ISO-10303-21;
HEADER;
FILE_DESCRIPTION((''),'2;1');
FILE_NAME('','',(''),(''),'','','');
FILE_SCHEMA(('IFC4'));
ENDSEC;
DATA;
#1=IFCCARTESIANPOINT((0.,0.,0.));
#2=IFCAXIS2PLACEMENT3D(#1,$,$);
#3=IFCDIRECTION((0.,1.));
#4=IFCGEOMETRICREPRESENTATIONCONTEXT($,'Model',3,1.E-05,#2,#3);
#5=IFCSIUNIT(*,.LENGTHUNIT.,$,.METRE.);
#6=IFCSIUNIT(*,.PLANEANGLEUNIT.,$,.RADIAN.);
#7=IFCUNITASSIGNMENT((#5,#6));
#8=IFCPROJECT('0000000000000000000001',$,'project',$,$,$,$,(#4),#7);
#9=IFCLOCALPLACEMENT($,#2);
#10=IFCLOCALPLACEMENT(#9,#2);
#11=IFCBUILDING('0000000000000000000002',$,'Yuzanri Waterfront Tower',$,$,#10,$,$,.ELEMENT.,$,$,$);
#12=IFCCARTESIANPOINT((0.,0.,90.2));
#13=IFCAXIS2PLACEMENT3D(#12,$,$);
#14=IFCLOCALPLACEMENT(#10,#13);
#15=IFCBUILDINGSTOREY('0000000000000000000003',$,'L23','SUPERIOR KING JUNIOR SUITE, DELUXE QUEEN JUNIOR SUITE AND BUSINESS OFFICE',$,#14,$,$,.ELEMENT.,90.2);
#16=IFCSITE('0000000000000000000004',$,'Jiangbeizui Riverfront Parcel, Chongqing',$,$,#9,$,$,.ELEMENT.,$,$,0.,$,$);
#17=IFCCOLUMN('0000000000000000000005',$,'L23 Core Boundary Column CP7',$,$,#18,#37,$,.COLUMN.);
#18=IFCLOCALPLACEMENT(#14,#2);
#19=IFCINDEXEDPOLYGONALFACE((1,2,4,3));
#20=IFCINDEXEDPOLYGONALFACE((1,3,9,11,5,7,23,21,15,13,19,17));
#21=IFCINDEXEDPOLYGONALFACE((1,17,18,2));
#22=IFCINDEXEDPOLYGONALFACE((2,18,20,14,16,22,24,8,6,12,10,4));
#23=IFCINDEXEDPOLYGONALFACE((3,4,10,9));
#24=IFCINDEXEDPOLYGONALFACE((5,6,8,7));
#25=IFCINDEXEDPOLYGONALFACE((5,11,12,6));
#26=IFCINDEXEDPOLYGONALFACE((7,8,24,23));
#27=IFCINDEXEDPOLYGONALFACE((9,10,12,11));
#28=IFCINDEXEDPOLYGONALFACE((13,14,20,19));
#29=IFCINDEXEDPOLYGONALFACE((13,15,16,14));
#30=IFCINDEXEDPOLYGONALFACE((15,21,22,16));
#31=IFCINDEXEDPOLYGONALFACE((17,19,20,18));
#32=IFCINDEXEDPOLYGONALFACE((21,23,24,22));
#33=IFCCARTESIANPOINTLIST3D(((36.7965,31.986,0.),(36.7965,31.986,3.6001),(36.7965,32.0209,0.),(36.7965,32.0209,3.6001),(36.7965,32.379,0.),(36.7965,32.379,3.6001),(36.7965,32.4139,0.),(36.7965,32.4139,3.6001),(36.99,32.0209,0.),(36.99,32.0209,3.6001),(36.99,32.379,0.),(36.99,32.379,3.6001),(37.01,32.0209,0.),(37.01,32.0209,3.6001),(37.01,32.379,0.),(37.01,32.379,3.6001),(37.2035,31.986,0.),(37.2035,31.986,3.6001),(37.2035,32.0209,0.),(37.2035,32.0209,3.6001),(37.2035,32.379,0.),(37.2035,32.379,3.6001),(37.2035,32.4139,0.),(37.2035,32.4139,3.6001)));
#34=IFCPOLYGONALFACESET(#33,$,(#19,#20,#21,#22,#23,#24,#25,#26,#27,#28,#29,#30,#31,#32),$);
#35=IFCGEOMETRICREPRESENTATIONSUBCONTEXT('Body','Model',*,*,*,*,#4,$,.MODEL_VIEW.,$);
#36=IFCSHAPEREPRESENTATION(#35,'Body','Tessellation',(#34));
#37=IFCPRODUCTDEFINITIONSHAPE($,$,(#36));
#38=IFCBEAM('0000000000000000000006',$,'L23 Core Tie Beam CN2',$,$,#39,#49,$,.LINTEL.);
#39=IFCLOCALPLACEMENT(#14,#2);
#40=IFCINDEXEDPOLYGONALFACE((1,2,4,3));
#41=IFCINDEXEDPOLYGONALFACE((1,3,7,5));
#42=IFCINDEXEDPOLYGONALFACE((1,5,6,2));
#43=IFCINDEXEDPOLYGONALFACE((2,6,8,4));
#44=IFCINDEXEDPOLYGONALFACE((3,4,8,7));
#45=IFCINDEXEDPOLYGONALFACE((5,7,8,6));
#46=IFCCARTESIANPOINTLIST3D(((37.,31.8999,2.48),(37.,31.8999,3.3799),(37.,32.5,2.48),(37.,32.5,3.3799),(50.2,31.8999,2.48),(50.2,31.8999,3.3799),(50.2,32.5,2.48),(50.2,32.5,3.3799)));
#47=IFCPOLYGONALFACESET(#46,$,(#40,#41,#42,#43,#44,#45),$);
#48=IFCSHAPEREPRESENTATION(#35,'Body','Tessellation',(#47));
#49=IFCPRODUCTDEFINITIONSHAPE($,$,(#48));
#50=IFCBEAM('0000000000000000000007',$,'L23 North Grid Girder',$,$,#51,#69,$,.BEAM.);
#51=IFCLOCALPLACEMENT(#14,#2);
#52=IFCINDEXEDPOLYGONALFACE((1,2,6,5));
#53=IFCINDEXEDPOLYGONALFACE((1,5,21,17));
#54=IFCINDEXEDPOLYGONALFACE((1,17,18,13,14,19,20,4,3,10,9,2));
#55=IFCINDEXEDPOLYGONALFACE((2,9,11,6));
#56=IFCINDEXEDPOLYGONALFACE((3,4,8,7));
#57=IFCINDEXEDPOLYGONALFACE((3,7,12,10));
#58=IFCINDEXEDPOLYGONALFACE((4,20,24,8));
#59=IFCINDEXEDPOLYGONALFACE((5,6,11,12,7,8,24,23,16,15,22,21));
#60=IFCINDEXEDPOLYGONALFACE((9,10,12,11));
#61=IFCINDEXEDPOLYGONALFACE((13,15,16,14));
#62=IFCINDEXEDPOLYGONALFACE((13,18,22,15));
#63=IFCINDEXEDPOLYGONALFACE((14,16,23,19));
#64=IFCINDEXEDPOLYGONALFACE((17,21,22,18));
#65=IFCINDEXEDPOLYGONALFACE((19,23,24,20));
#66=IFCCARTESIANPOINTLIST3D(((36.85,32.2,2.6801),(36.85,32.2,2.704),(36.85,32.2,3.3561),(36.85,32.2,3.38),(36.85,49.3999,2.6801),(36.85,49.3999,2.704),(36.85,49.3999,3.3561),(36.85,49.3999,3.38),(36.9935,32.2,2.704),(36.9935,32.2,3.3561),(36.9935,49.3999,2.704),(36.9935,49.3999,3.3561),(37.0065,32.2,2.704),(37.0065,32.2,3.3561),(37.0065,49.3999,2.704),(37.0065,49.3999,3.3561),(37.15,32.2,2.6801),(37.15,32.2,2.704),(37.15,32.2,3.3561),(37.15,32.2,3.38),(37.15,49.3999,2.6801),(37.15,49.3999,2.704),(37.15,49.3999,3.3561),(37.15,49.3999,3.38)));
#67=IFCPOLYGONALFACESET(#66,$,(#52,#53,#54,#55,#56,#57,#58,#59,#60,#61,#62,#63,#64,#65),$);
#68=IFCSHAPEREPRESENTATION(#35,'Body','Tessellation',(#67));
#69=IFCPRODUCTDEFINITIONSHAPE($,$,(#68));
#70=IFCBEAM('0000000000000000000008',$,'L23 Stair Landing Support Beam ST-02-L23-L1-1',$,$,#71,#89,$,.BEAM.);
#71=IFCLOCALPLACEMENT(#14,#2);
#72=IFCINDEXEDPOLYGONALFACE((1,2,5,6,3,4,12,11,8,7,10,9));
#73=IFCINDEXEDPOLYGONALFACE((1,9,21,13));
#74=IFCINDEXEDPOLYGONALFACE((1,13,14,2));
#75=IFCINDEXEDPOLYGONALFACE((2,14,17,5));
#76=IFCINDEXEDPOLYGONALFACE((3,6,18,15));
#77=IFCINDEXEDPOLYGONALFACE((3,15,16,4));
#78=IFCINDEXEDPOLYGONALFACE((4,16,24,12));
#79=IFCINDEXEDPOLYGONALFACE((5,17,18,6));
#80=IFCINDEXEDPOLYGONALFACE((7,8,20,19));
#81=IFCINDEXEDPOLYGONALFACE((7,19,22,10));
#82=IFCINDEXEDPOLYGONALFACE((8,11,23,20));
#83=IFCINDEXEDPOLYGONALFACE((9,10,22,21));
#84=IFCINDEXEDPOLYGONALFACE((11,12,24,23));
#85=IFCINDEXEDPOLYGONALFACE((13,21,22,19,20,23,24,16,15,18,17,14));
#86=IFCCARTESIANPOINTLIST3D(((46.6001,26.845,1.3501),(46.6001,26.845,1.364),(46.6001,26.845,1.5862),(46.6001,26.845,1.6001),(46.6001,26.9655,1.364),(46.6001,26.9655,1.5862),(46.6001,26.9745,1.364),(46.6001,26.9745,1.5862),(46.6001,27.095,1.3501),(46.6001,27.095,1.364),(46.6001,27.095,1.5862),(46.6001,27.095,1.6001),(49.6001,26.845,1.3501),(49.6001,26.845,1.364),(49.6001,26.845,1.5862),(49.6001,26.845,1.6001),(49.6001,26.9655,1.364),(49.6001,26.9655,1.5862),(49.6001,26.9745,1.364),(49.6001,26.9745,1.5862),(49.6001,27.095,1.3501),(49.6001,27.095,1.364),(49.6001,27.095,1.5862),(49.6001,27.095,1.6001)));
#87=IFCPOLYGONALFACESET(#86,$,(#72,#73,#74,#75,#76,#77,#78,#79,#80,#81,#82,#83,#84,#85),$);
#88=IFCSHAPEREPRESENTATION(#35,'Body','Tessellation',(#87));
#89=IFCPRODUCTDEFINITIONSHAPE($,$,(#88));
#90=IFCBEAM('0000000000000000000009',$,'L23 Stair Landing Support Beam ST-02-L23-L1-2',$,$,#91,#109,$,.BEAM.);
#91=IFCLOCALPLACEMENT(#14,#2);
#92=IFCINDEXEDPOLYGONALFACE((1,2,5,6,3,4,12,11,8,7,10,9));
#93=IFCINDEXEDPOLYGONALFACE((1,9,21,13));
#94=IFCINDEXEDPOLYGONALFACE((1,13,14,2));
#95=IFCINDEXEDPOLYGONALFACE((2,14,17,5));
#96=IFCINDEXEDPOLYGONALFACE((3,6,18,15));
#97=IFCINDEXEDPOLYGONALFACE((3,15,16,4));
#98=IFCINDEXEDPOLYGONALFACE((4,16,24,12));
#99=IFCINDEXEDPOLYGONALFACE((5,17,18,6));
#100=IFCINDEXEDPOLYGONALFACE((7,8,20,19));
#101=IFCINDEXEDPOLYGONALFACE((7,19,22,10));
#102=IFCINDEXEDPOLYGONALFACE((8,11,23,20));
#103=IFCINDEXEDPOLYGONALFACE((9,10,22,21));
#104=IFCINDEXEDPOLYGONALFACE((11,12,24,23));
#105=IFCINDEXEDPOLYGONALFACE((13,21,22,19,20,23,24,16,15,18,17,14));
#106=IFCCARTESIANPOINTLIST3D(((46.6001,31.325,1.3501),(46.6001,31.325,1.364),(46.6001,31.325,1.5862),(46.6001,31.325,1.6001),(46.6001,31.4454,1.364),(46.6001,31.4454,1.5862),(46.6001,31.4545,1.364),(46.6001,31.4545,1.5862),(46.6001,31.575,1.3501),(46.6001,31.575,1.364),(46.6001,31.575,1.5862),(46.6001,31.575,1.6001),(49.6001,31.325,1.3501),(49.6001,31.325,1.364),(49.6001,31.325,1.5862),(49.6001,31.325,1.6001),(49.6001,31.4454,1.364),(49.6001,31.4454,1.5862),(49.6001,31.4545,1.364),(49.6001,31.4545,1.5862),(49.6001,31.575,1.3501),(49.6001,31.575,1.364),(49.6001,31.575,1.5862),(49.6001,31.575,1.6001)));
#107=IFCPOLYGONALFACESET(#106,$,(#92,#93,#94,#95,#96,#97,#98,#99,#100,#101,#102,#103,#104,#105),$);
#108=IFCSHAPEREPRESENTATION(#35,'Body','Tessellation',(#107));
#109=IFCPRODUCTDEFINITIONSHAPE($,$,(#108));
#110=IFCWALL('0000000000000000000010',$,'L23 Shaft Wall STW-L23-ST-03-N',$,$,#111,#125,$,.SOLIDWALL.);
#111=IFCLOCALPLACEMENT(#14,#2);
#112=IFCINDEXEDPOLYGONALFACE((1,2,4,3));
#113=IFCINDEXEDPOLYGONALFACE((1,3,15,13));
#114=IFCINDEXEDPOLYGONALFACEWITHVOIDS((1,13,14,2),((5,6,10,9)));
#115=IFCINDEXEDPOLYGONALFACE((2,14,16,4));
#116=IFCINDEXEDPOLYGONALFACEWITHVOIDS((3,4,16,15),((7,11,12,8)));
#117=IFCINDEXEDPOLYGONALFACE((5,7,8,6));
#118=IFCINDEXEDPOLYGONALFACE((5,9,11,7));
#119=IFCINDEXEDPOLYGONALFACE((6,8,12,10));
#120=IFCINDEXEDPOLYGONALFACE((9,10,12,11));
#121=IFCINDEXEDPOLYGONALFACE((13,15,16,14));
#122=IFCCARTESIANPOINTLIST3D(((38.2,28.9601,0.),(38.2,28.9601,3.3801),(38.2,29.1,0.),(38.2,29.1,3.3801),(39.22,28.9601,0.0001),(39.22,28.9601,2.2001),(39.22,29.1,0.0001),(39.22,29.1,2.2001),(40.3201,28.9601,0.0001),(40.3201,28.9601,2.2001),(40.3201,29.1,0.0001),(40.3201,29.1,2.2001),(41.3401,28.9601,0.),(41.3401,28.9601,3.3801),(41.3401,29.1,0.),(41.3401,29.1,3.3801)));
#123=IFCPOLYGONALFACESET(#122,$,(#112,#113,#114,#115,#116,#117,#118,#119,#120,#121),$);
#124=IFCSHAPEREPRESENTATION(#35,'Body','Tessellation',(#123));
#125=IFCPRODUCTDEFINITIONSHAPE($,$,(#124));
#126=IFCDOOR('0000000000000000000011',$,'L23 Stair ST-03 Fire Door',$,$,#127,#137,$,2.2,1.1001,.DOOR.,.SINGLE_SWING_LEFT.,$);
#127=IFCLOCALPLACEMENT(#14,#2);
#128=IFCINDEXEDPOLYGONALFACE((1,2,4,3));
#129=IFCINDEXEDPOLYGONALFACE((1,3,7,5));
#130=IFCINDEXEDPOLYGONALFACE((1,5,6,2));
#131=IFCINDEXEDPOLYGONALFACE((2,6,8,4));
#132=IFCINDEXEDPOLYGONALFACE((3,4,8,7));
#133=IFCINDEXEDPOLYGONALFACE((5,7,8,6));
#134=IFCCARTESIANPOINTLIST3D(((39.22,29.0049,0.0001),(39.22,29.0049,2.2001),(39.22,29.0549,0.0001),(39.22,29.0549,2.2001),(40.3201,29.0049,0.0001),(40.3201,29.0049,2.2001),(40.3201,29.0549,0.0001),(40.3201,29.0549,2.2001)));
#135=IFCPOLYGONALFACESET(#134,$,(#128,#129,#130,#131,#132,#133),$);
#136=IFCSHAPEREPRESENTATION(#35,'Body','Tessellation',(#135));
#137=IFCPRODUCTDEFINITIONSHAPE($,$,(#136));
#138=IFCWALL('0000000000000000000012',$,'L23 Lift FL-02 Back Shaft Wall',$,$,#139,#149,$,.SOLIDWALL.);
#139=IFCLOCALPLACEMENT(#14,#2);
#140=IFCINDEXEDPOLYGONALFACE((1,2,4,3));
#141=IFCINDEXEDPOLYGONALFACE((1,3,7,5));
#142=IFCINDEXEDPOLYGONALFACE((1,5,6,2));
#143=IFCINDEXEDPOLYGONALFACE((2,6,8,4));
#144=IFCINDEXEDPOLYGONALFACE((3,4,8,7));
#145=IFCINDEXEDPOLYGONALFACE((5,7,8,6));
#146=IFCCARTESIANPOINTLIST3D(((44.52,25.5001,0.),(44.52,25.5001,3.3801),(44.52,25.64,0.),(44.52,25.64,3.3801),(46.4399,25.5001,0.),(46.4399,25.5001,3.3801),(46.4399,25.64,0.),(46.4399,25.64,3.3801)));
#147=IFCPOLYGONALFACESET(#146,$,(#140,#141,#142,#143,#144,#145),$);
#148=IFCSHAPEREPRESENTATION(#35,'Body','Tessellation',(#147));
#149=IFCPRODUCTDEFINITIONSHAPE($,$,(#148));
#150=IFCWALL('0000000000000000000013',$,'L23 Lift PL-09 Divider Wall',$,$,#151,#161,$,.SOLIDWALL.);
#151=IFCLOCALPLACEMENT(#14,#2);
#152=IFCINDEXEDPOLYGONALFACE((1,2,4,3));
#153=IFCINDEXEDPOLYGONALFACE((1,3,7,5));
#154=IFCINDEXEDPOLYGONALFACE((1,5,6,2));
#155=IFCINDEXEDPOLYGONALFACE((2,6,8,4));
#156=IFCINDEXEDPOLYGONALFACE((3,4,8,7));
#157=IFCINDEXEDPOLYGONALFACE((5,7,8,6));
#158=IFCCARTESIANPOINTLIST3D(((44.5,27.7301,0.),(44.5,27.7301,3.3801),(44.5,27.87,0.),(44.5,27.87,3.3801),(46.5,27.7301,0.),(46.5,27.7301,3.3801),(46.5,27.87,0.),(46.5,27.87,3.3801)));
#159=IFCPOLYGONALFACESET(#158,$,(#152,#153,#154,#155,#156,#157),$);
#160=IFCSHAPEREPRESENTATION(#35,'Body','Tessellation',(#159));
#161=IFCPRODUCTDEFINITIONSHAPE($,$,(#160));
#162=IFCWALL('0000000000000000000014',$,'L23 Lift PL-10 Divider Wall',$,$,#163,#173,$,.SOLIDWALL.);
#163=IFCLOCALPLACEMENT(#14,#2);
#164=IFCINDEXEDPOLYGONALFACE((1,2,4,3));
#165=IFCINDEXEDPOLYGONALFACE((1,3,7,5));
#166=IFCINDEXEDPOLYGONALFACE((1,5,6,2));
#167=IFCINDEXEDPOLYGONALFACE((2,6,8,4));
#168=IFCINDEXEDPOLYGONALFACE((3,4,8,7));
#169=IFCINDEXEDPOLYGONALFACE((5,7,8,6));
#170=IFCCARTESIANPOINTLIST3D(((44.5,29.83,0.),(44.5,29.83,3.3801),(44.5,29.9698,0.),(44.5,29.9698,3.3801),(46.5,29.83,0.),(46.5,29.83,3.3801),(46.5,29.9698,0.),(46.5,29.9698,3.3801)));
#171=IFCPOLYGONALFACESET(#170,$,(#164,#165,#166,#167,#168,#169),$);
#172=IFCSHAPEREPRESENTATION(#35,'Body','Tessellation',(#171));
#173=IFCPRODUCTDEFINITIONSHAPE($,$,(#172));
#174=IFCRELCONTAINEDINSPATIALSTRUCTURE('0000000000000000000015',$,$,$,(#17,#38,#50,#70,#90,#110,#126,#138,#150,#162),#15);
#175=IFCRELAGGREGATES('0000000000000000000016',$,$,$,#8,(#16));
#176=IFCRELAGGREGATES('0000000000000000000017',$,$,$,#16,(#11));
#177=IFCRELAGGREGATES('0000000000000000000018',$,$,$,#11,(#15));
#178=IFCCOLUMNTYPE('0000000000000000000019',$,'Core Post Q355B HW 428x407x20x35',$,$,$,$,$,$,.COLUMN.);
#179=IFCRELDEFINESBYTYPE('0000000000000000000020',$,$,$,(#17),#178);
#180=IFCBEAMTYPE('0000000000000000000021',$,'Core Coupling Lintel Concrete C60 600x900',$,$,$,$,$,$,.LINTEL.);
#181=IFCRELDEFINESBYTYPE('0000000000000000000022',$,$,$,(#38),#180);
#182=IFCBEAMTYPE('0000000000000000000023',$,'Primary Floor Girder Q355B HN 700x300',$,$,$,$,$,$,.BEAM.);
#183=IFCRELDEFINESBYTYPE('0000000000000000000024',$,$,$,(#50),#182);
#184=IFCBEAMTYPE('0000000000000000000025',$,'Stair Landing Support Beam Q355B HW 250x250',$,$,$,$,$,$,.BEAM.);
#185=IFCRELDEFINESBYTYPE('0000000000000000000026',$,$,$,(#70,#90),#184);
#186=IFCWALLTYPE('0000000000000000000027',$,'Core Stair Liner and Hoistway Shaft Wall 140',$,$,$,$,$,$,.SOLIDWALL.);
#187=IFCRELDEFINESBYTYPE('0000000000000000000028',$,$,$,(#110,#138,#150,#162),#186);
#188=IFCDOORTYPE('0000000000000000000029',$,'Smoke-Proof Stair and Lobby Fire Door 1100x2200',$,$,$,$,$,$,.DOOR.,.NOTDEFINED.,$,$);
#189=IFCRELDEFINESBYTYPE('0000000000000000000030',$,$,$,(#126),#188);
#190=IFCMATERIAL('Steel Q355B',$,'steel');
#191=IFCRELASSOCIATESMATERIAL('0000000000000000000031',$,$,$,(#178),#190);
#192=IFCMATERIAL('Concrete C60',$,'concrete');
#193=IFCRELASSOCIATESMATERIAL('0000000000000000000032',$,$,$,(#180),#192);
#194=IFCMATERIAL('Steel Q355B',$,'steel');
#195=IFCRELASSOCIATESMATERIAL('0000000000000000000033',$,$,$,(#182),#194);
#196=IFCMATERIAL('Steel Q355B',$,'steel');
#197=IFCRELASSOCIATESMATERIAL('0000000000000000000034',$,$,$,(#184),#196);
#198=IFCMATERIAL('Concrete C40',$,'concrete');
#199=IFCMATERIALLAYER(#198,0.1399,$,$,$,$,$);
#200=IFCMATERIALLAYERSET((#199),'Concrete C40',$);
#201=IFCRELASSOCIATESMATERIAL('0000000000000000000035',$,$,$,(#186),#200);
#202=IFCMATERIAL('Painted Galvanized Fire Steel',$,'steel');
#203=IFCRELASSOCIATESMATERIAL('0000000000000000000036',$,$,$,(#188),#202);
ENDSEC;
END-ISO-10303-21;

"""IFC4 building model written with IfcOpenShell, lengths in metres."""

from ifc_helpers import new_model, si_unit, direction, frame, frame_2d, origin, origin_2d, place, context, subcontext, project, spatial, rectangle, i_section, extrude, source, transform, mapped, material, layer, layer_set, material_profile, profile_set, type_object, element, fill, save


model = new_model("IFC4")

# Units and contexts
model_context = context("Model", 3, precision=1e-05, world=origin(), true_north=direction((0.0, 1.0)))
body_context = subcontext(model_context, "Body", "Model", "MODEL_VIEW")
ifc_project = project(units=[si_unit("LENGTHUNIT", "METRE"), si_unit("PLANEANGLEUNIT", "RADIAN")], contexts=[model_context])

# Site, building, storey
site_placement = place(None, origin())
site = spatial("IfcSite", under=ifc_project, at=site_placement, Name="Jiangbeizui Riverfront Parcel, Chongqing", CompositionType="ELEMENT", RefElevation=0.0)
building_placement = place(site_placement, origin())
building = spatial("IfcBuilding", under=site, at=building_placement, Name="Yuzanri Waterfront Tower", CompositionType="ELEMENT")
storey_placement = place(building_placement, frame((0.0, 0.0, 90.2)))
storey = spatial("IfcBuildingStorey", under=building, at=storey_placement, Name="L23", Description="SUPERIOR KING JUNIOR SUITE, DELUXE QUEEN JUNIOR SUITE AND BUSINESS OFFICE", CompositionType="ELEMENT", Elevation=90.2)

# Column
ifc_material_1 = material(Name="Steel Q355B", Category="steel")
ifc_material_profile_1 = material_profile(ifc_material_1, i_section(OverallWidth=0.407, OverallDepth=0.428, WebThickness=0.02, FlangeThickness=0.0349, at=origin_2d()), Name="HW 428x407x20x35")
ifc_profile_set_1 = profile_set([ifc_material_profile_1], Name="Steel Q355B")
column_type = type_object("IfcColumnType", Name="Core Post Q355B HW 428x407x20x35", PredefinedType="COLUMN", material=ifc_profile_set_1)
shared_shape_1 = source(origin(), body_context, "Body", "SweptSolid", [
    extrude(i_section(OverallWidth=0.407, OverallDepth=0.428, WebThickness=0.02, FlangeThickness=0.0349, at=origin_2d()), origin(), (0.0, 0.0, 1.0), 3.6001),
])
column_placement = place(storey_placement, frame((37.0, 32.2, 0.0), z_axis=(0.0, 0.0, 1.0), x_axis=(1.0, 0.0, 0.0)))
element("IfcColumn", 1, at=column_placement, inside=storey, type_object=column_type, Name="L23 Core Boundary Column CP7", PredefinedType="COLUMN", context=body_context, shape_type="MappedRepresentation", body=[
    mapped(shared_shape_1, transform((0.0, 0.0, 0.0), scale=1.0)),
])

# Beams
ifc_material_2 = material(Name="Concrete C60", Category="concrete")
ifc_material_profile_2 = material_profile(ifc_material_2, rectangle(XDim=0.6001, YDim=0.8999, at=origin_2d()), Name="RC 600x900")
ifc_profile_set_2 = profile_set([ifc_material_profile_2], Name="Concrete C60")
beam_type_1 = type_object("IfcBeamType", Name="Core Coupling Lintel Concrete C60 600x900", PredefinedType="LINTEL", material=ifc_profile_set_2)
shared_shape_2 = source(origin(), body_context, "Body", "SweptSolid", [
    extrude(rectangle(XDim=0.6001, YDim=0.8999, at=origin_2d()), origin(), (0.0, 0.0, 1.0), 13.2),
])
beam_1_placement = place(storey_placement, frame((37.0, 32.2, 2.9299), z_axis=(1.0, 0.0, 0.0), x_axis=(0.0, 1.0, 0.0)))
element("IfcBeam", 2, at=beam_1_placement, inside=storey, type_object=beam_type_1, Name="L23 Core Tie Beam CN2", PredefinedType="LINTEL", context=body_context, shape_type="MappedRepresentation", body=[
    mapped(shared_shape_2, transform((0.0, 0.0, 0.0), scale=1.0)),
])
ifc_material_3 = material(Name="Steel Q355B", Category="steel")
ifc_material_profile_3 = material_profile(ifc_material_3, i_section(OverallWidth=0.3, OverallDepth=0.7, WebThickness=0.0129, FlangeThickness=0.0239, at=origin_2d()), Name="HN 700x300x13x24")
ifc_profile_set_3 = profile_set([ifc_material_profile_3], Name="Steel Q355B")
beam_type_2 = type_object("IfcBeamType", Name="Primary Floor Girder Q355B HN 700x300", PredefinedType="BEAM", material=ifc_profile_set_3)
shared_shape_3 = source(origin(), body_context, "Body", "SweptSolid", [
    extrude(i_section(OverallWidth=0.3, OverallDepth=0.7, WebThickness=0.0129, FlangeThickness=0.0239, at=origin_2d()), origin(), (0.0, 0.0, 1.0), 17.2),
])
beam_2_placement = place(storey_placement, frame((37.0, 32.2, 3.03), z_axis=(0.0, 1.0, 0.0), x_axis=(-1.0, 0.0, 0.0)))
element("IfcBeam", 3, at=beam_2_placement, inside=storey, type_object=beam_type_2, Name="L23 North Grid Girder", PredefinedType="BEAM", context=body_context, shape_type="MappedRepresentation", body=[
    mapped(shared_shape_3, transform((0.0, 0.0, 0.0), scale=1.0)),
])
ifc_material_4 = material(Name="Steel Q355B", Category="steel")
ifc_material_profile_4 = material_profile(ifc_material_4, i_section(OverallWidth=0.25, OverallDepth=0.25, WebThickness=0.009, FlangeThickness=0.0139, at=origin_2d()), Name="HW 250x250x9x14")
ifc_profile_set_4 = profile_set([ifc_material_profile_4], Name="Steel Q355B")
beam_type_3 = type_object("IfcBeamType", Name="Stair Landing Support Beam Q355B HW 250x250", PredefinedType="BEAM", material=ifc_profile_set_4)
shared_shape_4 = source(origin(), body_context, "Body", "SweptSolid", [
    extrude(i_section(OverallWidth=0.25, OverallDepth=0.25, WebThickness=0.009, FlangeThickness=0.0139, at=origin_2d()), origin(), (0.0, 0.0, 1.0), 3.0),
])
for number, where, z_axis, x_axis, name in (
    (4, (46.6001, 26.97, 1.4751), (1.0, 0.0, 0.0), (0.0, 1.0, 0.0), "L23 Stair Landing Support Beam ST-02-L23-L1-1"),
    (5, (46.6001, 31.45, 1.4751), (1.0, 0.0, 0.0), (0.0, 1.0, 0.0), "L23 Stair Landing Support Beam ST-02-L23-L1-2"),
):
    element("IfcBeam", number, at=place(storey_placement, frame(where, z_axis=z_axis, x_axis=x_axis)), inside=storey, type_object=beam_type_3, Name=name, PredefinedType="BEAM", context=body_context, shape_type="MappedRepresentation", body=[
        mapped(shared_shape_4, transform((0.0, 0.0, 0.0), scale=1.0)),
    ])

# Wall, opening, door
ifc_material_5 = material(Name="Concrete C40", Category="concrete")
ifc_layer_1 = layer(ifc_material_5, 0.1399)
ifc_layer_set_1 = layer_set([ifc_layer_1], Name="Concrete C40")
wall_type_1 = type_object("IfcWallType", Name="Core Stair Liner and Hoistway Shaft Wall 140", PredefinedType="SOLIDWALL", material=ifc_layer_set_1)
wall_1_placement = place(storey_placement, frame((38.2, 29.03, 0.0), z_axis=(0.0, 0.0, 1.0), x_axis=(1.0, 0.0, 0.0)))
wall_1 = element("IfcWall", 6, at=wall_1_placement, inside=storey, type_object=wall_type_1, Name="L23 Shaft Wall STW-L23-ST-03-N", PredefinedType="SOLIDWALL", context=body_context, shape_type="SweptSolid", body=[
    extrude(rectangle(XDim=3.1401, YDim=0.1399, at=frame_2d((1.5701, 0.0))), origin(), (0.0, 0.0, 1.0), 3.3801),
])
opening_placement = place(wall_1_placement, frame((1.02, 0.0, 0.0)))
opening = element("IfcOpeningElement", 7, at=opening_placement, cuts=wall_1, PredefinedType="OPENING", context=body_context, shape_type="SweptSolid", body=[
    extrude(rectangle(XDim=1.1001, YDim=2.2, at=frame_2d((0.55, 1.1001))), frame((0.0, 0.085, 0.0), z_axis=(0.0, -1.0, 0.0), x_axis=(1.0, 0.0, 0.0)), (0.0, 0.0, 1.0), 0.1697),
])
ifc_material_6 = material(Name="Painted Galvanized Fire Steel", Category="steel")
door_type = type_object("IfcDoorType", Name="Smoke-Proof Stair and Lobby Fire Door 1100x2200", OperationType="NOTDEFINED", PredefinedType="DOOR", material=ifc_material_6)
shared_shape_5 = source(origin(), body_context, "Body", "SweptSolid", [
    extrude(rectangle(XDim=1.1001, YDim=2.2, at=frame_2d((0.55, 1.1001))), frame((0.0, 0.0249, 0.0), z_axis=(0.0, -1.0, 0.0), x_axis=(1.0, 0.0, 0.0)), (0.0, 0.0, 1.0), 0.05),
])
door_placement = place(opening_placement, origin())
door = element("IfcDoor", 8, at=door_placement, inside=storey, type_object=door_type, Name="L23 Stair ST-03 Fire Door", OperationType="SINGLE_SWING_LEFT", OverallHeight=2.2, OverallWidth=1.1001, PredefinedType="DOOR", context=body_context, shape_type="MappedRepresentation", body=[
    mapped(shared_shape_5, transform((0.0, 0.0, 0.0), scale=1.0)),
])
fill(opening, door)

# Walls
shared_shape_6 = source(origin(), body_context, "Body", "SweptSolid", [
    extrude(rectangle(XDim=1.9199, YDim=0.1399, at=frame_2d((0.96, 0.0))), origin(), (0.0, 0.0, 1.0), 3.3801),
])
wall_2_placement = place(storey_placement, frame((44.52, 25.5701, 0.0), z_axis=(0.0, 0.0, 1.0), x_axis=(1.0, 0.0, 0.0)))
element("IfcWall", 9, at=wall_2_placement, inside=storey, type_object=wall_type_1, Name="L23 Lift FL-02 Back Shaft Wall", PredefinedType="SOLIDWALL", context=body_context, shape_type="MappedRepresentation", body=[
    mapped(shared_shape_6, transform((0.0, 0.0, 0.0), scale=1.0)),
])
shared_shape_7 = source(origin(), body_context, "Body", "SweptSolid", [
    extrude(rectangle(XDim=2.0, YDim=0.1399, at=frame_2d((1.0, 0.0))), origin(), (0.0, 0.0, 1.0), 3.3801),
])
for number, where, z_axis, x_axis, name in (
    (10, (44.5, 27.8, 0.0), (0.0, 0.0, 1.0), (1.0, 0.0, 0.0), "L23 Lift PL-09 Divider Wall"),
    (11, (44.5, 29.8999, 0.0), (0.0, 0.0, 1.0), (1.0, 0.0, 0.0), "L23 Lift PL-10 Divider Wall"),
):
    element("IfcWall", number, at=place(storey_placement, frame(where, z_axis=z_axis, x_axis=x_axis)), inside=storey, type_object=wall_type_1, Name=name, PredefinedType="SOLIDWALL", context=body_context, shape_type="MappedRepresentation", body=[
        mapped(shared_shape_7, transform((0.0, 0.0, 0.0), scale=1.0)),
    ])

save(model, "model.ifc")
